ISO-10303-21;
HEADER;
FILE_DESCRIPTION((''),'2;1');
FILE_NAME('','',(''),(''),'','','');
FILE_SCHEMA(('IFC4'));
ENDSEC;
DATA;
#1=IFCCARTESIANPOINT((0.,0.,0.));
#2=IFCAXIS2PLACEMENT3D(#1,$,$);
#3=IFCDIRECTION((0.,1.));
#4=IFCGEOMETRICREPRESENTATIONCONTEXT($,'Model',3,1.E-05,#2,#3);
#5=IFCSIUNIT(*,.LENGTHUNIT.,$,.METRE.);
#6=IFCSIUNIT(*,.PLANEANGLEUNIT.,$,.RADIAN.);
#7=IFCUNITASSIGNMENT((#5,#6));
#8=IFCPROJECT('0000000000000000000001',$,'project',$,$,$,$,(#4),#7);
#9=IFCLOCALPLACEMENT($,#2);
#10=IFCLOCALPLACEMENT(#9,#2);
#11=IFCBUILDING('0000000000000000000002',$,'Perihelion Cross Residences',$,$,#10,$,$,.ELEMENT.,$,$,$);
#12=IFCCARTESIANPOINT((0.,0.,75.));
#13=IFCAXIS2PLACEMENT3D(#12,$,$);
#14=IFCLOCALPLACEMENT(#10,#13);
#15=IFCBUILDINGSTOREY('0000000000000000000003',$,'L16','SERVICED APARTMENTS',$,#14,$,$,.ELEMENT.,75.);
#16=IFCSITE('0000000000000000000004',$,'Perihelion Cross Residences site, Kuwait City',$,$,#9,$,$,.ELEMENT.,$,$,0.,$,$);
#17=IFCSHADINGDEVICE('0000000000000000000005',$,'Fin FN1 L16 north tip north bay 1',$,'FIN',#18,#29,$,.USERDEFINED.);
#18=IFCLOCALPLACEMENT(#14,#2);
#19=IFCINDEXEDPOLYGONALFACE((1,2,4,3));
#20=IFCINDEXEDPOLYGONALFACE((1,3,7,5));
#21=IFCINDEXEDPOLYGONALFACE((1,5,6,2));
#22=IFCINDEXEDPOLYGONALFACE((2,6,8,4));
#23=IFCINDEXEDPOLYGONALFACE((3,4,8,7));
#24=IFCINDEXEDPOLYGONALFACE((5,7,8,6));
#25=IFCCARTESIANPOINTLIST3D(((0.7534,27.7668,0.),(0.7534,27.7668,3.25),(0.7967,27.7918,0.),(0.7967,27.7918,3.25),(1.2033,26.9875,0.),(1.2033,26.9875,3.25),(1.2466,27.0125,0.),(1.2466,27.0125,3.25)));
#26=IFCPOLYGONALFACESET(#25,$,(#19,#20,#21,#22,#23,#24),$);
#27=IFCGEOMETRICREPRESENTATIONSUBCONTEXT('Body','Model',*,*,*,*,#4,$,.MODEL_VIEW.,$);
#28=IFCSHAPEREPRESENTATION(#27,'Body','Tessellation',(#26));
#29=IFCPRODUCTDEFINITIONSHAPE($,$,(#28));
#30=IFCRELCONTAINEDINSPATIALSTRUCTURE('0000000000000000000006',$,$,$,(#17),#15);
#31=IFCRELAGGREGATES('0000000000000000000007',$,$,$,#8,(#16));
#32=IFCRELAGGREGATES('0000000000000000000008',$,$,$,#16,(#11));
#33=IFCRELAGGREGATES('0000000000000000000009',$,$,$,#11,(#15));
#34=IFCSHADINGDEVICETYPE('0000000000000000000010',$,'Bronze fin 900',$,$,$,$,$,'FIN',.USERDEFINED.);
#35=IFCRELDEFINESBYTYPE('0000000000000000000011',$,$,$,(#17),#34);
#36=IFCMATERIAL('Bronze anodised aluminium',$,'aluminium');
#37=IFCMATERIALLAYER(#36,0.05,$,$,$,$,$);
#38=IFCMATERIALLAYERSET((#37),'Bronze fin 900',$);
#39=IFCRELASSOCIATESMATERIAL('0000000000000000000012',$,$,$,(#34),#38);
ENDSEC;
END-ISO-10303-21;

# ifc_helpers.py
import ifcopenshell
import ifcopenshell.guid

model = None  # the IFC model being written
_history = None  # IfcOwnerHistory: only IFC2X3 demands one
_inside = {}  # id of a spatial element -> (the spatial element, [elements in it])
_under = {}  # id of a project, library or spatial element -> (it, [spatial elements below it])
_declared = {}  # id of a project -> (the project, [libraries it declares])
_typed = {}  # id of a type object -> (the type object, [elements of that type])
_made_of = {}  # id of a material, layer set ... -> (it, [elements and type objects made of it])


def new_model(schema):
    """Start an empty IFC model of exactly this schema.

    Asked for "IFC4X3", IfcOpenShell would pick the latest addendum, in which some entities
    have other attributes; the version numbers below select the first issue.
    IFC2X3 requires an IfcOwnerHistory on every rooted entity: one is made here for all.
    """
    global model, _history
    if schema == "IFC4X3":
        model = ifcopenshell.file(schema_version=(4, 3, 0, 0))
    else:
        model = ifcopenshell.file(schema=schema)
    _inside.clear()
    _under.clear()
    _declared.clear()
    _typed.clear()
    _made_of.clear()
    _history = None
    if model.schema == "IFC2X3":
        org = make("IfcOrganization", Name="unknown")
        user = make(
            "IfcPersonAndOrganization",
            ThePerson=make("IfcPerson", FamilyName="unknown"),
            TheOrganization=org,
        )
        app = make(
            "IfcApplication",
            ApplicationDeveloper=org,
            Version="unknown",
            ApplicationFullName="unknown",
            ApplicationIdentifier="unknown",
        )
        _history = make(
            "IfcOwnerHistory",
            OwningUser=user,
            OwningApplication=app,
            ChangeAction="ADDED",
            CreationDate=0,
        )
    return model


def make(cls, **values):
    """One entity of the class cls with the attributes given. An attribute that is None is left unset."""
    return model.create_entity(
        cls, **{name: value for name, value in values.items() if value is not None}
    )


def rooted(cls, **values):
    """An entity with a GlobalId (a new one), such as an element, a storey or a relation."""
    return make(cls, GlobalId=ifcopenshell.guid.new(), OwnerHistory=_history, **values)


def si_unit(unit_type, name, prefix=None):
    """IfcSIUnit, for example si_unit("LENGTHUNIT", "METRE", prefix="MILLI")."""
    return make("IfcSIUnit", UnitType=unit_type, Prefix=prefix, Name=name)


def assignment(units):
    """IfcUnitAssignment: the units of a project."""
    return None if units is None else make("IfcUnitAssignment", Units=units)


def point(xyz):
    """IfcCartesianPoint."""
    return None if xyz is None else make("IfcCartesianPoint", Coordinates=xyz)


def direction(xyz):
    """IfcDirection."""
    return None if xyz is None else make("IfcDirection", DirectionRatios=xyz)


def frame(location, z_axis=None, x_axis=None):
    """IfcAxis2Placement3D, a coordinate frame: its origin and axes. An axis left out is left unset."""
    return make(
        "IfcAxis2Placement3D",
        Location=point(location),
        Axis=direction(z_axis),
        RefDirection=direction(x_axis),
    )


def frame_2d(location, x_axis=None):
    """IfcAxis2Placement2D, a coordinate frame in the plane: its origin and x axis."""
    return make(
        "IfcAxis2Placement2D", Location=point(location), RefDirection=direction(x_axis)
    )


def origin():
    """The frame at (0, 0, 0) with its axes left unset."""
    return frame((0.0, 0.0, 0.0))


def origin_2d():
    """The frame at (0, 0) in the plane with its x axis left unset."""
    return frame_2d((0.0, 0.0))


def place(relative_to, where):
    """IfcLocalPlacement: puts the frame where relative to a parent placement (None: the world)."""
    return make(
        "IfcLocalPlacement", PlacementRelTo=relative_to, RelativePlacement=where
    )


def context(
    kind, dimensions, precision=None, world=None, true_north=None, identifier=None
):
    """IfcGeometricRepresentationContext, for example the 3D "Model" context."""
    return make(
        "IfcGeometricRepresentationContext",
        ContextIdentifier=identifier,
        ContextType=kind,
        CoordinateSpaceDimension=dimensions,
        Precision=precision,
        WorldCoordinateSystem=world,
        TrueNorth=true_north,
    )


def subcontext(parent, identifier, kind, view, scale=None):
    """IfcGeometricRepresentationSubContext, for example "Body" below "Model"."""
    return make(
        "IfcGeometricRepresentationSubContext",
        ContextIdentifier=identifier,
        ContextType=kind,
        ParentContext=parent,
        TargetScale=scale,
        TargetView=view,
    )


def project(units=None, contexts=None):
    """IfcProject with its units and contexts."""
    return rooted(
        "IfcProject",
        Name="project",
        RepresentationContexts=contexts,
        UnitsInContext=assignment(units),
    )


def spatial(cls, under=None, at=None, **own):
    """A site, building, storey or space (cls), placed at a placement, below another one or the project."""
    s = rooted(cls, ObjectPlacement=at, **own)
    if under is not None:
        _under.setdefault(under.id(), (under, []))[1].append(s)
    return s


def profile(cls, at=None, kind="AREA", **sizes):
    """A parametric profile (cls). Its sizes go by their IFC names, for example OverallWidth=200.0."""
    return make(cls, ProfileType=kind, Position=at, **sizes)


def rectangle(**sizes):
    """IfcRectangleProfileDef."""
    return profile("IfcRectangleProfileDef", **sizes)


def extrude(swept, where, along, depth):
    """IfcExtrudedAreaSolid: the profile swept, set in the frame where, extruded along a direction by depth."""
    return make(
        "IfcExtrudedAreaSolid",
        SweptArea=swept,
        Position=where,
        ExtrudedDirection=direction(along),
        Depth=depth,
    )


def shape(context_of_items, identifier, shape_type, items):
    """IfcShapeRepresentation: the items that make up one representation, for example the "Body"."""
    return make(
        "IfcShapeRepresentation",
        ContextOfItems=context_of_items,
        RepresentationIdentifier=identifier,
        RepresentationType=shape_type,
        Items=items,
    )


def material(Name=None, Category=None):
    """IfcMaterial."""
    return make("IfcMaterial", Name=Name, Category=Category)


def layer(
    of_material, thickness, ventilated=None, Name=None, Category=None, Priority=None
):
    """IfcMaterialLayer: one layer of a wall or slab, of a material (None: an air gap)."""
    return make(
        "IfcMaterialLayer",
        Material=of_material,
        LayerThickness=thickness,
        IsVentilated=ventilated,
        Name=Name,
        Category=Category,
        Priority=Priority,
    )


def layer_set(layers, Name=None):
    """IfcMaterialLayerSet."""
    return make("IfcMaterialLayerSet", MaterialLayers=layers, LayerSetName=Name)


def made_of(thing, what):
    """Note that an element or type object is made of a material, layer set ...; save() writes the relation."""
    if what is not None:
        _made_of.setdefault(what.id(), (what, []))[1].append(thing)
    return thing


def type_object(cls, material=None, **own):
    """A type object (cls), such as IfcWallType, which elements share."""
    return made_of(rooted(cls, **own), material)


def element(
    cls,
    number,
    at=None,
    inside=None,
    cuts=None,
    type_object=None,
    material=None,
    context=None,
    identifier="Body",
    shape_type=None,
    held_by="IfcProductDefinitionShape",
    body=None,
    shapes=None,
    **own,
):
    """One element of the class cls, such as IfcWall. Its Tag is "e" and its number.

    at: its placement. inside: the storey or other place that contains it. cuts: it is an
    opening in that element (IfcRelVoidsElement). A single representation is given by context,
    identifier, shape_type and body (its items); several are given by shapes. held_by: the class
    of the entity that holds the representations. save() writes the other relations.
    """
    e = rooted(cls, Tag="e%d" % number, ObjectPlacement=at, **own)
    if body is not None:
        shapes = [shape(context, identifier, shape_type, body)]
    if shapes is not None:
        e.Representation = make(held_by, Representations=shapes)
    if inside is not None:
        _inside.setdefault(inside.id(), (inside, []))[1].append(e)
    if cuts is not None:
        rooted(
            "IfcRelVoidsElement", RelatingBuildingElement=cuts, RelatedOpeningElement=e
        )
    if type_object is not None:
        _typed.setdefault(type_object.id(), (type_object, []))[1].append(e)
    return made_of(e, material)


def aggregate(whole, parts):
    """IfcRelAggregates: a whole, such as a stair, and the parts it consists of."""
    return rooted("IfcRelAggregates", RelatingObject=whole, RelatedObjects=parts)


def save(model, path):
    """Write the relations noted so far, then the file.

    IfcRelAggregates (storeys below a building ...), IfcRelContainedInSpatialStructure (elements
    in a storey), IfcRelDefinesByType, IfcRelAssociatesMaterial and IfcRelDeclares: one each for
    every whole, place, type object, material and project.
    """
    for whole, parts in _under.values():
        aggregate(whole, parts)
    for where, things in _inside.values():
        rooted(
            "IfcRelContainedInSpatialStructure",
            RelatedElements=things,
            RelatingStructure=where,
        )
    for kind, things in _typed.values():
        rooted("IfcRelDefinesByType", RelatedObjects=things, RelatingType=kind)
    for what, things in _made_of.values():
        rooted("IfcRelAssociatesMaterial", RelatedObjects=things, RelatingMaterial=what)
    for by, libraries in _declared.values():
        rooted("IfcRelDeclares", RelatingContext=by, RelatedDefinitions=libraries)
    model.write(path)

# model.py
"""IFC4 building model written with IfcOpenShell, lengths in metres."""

from ifc_helpers import new_model, si_unit, direction, frame, origin, origin_2d, place, context, subcontext, project, spatial, rectangle, extrude, material, layer, layer_set, type_object, element, save


model = new_model("IFC4")

# Units and contexts
model_context = context("Model", 3, precision=1e-05, world=origin(), true_north=direction((0.0, 1.0)))
body_context = subcontext(model_context, "Body", "Model", "MODEL_VIEW")
ifc_project = project(units=[si_unit("LENGTHUNIT", "METRE"), si_unit("PLANEANGLEUNIT", "RADIAN")], contexts=[model_context])

# Site, building, storey
site_placement = place(None, origin())
site = spatial("IfcSite", under=ifc_project, at=site_placement, Name="Perihelion Cross Residences site, Kuwait City", CompositionType="ELEMENT", RefElevation=0.0)
building_placement = place(site_placement, origin())
building = spatial("IfcBuilding", under=site, at=building_placement, Name="Perihelion Cross Residences", CompositionType="ELEMENT")
storey_placement = place(building_placement, frame((0.0, 0.0, 75.0)))
storey = spatial("IfcBuildingStorey", under=building, at=storey_placement, Name="L16", Description="SERVICED APARTMENTS", CompositionType="ELEMENT", Elevation=75.0)

# Shading device
ifc_material_1 = material(Name="Bronze anodised aluminium", Category="aluminium")
ifc_layer_1 = layer(ifc_material_1, 0.05)
ifc_layer_set_1 = layer_set([ifc_layer_1], Name="Bronze fin 900")
shading_device_type = type_object("IfcShadingDeviceType", Name="Bronze fin 900", ElementType="FIN", PredefinedType="USERDEFINED", material=ifc_layer_set_1)
shading_device_placement = place(storey_placement, frame((1.0, 27.3896, 0.0), z_axis=(0.0, 0.0, 1.0), x_axis=(-0.5, 0.866025, 0.0)))
element("IfcShadingDevice", 1, at=shading_device_placement, inside=storey, type_object=shading_device_type, Name="Fin FN1 L16 north tip north bay 1", ObjectType="FIN", PredefinedType="USERDEFINED", context=body_context, shape_type="SweptSolid", body=[
    extrude(rectangle(XDim=0.8999, YDim=0.05, at=origin_2d()), origin(), (0.0, 0.0, 1.0), 3.25),
])

save(model, "model.ifc")
